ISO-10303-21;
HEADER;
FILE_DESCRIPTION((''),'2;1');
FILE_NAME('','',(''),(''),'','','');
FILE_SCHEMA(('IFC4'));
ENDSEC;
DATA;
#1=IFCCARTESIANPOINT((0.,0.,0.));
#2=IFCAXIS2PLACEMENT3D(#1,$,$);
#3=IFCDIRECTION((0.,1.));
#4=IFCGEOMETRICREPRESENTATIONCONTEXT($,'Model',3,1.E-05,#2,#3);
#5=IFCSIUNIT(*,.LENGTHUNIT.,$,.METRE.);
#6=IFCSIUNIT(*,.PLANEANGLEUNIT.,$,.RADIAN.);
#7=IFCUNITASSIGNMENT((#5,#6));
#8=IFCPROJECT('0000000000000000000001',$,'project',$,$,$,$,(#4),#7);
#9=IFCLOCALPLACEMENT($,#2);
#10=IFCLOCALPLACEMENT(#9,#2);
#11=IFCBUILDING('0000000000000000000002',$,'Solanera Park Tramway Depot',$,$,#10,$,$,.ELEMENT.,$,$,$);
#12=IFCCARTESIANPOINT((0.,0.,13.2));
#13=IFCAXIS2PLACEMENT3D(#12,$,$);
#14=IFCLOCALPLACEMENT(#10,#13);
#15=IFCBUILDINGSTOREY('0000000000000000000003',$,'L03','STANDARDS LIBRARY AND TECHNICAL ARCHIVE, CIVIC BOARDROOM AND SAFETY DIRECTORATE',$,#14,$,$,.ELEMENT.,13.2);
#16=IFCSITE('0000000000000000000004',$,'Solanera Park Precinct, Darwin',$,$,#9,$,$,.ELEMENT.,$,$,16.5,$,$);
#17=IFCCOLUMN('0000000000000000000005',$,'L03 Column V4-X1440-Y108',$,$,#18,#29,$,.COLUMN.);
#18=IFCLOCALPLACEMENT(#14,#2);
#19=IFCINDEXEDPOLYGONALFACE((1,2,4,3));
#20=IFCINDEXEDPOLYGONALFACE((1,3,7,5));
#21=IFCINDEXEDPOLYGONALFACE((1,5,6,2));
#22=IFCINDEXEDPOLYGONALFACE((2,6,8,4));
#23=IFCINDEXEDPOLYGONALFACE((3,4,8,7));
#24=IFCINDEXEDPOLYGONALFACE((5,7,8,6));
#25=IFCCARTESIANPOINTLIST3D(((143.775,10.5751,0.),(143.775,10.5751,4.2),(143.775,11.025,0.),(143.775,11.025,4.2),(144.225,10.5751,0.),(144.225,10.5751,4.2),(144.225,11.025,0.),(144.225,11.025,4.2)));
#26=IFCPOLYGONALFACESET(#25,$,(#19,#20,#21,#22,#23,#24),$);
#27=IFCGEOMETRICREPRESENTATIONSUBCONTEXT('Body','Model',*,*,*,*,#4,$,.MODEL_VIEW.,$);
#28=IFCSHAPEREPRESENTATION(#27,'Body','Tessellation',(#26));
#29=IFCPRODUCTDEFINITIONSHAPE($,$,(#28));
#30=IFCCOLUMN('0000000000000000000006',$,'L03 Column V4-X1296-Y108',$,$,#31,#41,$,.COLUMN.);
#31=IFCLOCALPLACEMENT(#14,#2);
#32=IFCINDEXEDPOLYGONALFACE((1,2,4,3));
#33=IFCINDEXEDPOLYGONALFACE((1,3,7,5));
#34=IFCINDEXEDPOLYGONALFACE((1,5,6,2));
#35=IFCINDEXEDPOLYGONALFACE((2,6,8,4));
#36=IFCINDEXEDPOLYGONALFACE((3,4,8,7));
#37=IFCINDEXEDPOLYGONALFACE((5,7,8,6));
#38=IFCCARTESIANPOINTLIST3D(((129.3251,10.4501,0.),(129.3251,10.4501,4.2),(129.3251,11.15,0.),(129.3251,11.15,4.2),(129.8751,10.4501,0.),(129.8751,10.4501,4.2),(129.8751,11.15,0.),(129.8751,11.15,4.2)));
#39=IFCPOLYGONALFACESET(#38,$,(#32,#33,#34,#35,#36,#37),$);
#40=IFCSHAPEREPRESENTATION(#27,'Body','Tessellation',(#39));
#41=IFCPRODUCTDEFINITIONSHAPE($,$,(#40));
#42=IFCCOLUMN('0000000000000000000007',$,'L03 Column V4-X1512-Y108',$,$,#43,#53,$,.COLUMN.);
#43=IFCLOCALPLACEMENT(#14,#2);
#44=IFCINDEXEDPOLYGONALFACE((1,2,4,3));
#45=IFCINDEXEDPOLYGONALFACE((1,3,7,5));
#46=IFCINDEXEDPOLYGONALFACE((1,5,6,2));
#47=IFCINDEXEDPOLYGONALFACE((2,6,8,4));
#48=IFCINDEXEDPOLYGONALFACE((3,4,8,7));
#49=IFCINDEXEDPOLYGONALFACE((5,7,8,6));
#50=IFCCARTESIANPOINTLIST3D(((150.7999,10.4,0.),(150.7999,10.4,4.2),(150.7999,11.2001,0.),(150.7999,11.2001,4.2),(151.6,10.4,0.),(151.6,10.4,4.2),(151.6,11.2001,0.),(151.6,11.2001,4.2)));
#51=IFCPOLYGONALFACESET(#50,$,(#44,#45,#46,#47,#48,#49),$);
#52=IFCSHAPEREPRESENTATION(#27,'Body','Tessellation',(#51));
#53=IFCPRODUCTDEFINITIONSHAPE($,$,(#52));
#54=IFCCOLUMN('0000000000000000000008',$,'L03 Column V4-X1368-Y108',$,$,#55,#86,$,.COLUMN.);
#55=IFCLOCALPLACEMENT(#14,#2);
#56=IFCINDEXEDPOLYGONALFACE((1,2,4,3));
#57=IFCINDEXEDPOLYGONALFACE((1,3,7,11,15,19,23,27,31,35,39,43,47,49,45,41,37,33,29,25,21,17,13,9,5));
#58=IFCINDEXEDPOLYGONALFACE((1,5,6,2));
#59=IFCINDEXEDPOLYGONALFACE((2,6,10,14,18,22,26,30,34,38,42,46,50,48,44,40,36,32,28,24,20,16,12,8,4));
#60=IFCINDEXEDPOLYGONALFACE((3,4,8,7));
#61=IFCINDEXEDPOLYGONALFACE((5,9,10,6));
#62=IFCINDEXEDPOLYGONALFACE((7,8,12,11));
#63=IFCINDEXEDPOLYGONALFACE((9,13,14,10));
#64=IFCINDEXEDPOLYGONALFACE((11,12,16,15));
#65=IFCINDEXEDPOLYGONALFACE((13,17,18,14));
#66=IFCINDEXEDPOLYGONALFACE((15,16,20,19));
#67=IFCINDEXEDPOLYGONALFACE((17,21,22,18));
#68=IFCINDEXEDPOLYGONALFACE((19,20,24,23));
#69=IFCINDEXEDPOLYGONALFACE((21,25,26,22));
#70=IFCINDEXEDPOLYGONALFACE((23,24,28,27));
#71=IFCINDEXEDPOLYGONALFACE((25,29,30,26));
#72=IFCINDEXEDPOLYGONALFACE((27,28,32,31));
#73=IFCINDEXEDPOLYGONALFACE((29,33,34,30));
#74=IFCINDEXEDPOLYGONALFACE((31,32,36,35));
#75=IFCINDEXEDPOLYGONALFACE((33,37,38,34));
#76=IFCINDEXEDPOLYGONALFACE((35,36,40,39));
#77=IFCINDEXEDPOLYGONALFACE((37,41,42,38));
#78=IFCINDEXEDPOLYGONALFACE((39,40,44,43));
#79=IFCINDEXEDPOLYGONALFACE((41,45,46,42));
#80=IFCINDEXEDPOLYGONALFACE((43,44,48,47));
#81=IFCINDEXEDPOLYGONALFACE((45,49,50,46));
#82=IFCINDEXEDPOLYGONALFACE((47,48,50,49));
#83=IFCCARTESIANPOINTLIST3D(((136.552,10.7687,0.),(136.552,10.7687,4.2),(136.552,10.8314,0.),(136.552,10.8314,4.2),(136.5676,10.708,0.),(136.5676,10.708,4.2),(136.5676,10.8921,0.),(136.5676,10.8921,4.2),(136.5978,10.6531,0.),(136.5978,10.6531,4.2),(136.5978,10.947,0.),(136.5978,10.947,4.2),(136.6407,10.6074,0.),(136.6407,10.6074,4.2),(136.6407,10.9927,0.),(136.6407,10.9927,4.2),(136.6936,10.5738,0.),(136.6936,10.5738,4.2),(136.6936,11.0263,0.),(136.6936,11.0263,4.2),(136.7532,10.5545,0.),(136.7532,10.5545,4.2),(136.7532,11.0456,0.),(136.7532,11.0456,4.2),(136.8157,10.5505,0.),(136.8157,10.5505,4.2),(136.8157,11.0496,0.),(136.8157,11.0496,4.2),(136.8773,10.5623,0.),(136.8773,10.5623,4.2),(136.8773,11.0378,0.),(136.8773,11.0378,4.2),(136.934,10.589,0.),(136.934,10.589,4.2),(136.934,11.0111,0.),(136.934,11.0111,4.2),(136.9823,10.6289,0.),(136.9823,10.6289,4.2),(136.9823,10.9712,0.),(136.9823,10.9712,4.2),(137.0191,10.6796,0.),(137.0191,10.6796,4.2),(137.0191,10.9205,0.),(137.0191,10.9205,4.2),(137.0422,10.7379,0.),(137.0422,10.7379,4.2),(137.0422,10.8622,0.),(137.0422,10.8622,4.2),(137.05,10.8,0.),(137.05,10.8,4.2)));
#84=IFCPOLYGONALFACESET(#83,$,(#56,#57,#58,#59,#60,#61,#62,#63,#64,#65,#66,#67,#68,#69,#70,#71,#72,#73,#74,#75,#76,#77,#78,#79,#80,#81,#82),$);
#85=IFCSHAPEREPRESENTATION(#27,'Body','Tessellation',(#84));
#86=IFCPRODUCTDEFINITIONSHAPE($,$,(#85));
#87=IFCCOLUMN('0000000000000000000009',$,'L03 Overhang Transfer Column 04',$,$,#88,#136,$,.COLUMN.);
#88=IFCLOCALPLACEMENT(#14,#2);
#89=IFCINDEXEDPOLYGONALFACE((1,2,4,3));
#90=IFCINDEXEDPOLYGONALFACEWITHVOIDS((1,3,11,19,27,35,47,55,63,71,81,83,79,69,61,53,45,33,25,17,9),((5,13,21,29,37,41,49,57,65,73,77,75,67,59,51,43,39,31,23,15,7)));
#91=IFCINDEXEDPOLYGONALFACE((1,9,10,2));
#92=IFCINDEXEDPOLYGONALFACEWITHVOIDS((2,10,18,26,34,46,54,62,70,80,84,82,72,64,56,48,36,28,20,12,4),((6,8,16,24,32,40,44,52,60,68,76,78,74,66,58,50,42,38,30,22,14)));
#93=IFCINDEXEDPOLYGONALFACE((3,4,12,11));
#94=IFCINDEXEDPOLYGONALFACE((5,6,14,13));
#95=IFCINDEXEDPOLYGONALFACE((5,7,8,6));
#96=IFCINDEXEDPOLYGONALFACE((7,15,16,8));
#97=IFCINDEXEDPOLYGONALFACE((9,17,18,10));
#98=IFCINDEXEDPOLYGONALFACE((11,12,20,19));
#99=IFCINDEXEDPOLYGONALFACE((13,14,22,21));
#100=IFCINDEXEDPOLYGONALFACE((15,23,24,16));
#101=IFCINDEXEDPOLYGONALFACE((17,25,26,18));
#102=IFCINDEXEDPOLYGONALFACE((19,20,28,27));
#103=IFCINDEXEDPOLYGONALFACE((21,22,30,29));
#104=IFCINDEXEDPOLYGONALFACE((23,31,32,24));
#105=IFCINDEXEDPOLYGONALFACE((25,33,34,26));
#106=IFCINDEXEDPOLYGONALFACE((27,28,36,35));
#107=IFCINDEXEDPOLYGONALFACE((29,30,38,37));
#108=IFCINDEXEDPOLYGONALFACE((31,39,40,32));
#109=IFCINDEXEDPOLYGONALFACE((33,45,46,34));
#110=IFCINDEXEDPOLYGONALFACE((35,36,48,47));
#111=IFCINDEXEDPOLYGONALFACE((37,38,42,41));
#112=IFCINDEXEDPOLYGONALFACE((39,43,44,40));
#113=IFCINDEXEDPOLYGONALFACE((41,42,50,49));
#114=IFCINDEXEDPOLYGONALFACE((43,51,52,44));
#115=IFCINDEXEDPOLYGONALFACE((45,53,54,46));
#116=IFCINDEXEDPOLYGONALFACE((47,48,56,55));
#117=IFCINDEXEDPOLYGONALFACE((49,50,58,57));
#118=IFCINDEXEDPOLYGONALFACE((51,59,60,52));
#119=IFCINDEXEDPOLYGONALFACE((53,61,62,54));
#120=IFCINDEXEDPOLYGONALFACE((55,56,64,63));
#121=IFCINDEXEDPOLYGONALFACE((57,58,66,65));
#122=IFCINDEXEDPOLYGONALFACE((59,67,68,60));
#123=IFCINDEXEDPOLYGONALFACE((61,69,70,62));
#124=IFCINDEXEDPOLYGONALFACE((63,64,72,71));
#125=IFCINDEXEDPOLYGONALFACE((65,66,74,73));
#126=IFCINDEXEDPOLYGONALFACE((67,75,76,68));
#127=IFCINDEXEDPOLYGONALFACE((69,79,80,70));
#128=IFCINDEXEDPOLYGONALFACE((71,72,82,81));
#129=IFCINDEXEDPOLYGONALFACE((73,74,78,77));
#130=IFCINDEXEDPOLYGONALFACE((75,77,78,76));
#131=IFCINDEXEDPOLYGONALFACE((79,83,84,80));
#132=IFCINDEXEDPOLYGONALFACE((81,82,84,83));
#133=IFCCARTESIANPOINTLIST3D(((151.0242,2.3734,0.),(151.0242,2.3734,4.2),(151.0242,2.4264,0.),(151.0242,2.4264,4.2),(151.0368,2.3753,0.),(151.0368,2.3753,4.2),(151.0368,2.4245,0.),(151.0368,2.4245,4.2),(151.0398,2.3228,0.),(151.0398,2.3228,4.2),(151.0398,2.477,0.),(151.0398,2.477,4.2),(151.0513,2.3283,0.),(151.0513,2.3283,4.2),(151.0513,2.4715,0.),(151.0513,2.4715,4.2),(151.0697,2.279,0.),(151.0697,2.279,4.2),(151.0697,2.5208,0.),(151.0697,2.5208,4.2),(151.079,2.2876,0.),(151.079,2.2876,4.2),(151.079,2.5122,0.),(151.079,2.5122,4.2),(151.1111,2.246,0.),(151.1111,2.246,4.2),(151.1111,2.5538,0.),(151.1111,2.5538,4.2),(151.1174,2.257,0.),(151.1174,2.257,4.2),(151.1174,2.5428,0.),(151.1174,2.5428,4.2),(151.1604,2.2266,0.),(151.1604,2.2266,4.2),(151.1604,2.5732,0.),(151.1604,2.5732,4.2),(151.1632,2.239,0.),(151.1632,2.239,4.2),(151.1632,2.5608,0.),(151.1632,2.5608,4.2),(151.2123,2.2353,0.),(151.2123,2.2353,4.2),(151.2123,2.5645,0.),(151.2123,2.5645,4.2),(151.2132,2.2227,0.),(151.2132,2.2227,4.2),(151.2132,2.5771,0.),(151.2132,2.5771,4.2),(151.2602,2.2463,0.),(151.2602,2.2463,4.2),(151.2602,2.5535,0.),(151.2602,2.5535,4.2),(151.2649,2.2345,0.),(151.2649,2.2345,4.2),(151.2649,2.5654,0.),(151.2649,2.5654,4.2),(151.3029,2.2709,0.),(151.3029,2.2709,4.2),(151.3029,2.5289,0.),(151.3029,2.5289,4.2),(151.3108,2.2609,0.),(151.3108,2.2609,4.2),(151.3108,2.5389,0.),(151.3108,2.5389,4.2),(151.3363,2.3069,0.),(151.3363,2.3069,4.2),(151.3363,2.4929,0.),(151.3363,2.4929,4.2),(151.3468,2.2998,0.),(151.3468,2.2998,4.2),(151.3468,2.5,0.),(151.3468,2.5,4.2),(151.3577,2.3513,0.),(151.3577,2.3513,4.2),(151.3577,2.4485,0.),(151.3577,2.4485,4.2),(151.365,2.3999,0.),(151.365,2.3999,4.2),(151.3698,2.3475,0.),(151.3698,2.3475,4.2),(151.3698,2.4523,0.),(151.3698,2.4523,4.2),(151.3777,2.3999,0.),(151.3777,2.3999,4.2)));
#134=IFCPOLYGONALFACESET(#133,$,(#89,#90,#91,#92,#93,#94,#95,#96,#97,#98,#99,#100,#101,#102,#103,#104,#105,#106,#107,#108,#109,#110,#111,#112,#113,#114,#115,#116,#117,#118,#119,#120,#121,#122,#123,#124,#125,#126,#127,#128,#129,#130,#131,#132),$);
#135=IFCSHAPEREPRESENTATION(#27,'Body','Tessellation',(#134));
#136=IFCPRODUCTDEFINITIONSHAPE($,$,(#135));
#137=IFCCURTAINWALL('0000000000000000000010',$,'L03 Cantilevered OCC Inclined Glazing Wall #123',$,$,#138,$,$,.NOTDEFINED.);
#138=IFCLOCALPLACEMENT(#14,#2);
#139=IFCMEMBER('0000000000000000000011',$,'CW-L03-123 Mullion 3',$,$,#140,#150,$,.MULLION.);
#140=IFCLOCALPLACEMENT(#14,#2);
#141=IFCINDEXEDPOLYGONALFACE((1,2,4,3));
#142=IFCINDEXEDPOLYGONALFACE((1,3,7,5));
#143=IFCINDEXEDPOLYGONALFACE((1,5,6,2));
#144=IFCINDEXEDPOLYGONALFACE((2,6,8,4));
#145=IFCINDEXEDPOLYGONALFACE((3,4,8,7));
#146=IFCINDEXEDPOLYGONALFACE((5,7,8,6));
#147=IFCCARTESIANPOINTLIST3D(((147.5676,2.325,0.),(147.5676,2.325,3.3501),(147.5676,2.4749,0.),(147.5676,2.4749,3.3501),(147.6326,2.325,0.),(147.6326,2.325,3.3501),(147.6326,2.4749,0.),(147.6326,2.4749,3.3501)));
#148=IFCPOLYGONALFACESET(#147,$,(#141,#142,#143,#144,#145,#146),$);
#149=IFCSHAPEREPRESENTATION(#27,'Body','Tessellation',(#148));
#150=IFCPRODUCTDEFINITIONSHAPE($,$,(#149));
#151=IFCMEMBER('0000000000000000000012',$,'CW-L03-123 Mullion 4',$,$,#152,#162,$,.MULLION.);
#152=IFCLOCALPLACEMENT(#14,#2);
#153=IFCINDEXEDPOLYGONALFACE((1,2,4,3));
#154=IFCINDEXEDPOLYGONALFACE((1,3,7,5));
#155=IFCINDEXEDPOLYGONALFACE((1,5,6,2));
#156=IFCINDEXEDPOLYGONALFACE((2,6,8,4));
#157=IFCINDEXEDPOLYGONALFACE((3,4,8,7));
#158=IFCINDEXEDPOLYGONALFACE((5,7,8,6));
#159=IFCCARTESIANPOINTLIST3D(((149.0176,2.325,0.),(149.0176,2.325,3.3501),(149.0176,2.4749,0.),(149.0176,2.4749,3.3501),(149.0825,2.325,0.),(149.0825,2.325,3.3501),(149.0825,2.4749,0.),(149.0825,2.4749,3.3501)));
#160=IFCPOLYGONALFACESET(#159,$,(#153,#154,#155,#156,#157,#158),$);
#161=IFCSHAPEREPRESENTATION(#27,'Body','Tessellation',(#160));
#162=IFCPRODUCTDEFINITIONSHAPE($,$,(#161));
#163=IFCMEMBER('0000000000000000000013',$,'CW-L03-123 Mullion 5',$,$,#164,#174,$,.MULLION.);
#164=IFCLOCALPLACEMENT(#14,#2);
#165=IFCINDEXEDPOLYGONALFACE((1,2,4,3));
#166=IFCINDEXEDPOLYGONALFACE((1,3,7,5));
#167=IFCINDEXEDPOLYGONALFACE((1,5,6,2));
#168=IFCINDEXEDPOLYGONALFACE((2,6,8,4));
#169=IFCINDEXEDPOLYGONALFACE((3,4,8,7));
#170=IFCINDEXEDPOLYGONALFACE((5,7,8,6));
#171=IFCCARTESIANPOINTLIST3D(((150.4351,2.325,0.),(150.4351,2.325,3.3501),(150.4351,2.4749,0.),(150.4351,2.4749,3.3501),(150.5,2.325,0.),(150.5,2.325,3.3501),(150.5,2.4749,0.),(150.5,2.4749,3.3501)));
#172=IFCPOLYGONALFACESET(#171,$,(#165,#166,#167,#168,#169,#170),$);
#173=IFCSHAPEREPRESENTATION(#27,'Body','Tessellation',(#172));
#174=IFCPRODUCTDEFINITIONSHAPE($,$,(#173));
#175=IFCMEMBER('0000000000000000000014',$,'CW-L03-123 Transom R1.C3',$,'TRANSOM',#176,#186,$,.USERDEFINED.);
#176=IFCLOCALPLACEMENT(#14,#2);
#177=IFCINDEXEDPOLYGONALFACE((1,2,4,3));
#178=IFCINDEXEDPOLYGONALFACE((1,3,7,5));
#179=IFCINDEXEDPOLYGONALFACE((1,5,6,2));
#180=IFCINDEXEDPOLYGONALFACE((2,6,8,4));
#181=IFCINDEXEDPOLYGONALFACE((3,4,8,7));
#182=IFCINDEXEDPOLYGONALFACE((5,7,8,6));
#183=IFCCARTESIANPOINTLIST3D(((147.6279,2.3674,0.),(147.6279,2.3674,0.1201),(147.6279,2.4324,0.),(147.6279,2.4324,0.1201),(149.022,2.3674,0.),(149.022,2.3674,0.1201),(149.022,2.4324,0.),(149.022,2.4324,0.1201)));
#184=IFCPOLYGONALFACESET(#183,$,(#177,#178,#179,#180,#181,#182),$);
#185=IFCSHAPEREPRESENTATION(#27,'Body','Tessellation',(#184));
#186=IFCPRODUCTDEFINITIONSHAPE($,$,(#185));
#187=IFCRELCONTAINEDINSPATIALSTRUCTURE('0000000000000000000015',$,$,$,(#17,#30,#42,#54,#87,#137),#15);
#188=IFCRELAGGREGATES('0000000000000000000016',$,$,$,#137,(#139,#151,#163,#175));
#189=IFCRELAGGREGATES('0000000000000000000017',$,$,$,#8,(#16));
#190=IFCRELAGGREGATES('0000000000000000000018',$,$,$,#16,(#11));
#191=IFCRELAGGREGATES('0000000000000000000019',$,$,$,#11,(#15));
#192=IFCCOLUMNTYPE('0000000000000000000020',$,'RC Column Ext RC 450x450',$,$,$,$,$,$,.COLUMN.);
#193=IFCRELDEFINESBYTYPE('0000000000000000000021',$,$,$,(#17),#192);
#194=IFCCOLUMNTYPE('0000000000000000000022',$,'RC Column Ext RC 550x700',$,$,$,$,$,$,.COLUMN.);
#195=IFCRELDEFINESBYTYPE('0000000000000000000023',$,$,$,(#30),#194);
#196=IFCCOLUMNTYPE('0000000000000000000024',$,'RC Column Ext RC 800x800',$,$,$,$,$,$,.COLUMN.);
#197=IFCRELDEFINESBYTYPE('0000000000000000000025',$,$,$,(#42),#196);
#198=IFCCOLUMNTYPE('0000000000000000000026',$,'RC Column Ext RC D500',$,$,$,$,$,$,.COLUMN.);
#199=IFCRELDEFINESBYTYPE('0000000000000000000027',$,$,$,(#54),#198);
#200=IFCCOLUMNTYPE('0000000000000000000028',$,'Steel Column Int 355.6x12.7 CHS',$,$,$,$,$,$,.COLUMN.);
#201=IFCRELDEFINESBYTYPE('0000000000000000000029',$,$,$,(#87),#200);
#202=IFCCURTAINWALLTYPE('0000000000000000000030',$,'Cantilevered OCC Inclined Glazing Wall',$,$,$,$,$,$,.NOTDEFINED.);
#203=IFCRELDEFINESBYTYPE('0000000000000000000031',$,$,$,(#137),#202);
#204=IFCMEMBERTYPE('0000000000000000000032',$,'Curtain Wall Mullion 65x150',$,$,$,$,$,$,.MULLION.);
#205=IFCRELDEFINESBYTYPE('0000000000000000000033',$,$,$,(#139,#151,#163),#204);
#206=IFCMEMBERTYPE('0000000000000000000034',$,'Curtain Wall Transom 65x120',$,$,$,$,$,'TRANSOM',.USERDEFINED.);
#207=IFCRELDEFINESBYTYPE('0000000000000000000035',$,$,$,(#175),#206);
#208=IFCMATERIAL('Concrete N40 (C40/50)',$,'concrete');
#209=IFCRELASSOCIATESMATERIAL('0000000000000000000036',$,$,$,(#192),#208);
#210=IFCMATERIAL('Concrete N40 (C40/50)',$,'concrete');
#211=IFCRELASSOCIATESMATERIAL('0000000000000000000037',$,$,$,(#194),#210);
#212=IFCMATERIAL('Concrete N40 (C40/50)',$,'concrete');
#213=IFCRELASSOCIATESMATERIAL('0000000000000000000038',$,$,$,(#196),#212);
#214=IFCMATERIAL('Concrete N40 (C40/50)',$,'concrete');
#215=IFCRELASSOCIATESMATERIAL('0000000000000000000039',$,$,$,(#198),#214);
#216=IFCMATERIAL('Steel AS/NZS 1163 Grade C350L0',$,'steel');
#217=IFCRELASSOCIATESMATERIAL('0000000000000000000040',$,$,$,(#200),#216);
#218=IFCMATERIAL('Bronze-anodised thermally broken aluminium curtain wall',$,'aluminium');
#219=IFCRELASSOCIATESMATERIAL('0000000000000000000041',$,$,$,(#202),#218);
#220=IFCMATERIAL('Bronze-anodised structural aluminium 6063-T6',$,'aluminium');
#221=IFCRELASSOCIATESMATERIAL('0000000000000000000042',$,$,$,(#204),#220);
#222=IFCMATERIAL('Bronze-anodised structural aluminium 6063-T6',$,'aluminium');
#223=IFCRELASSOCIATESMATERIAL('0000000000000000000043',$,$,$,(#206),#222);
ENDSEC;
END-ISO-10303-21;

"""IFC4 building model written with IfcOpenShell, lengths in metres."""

from ifc_helpers import new_model, si_unit, direction, frame, origin, origin_2d, place, context, subcontext, project, spatial, rectangle, circle, hollow_circle, extrude, material, material_profile, profile_set, type_object, element, aggregate, save


model = new_model("IFC4")

# Units and contexts
model_context = context("Model", 3, precision=1e-05, world=origin(), true_north=direction((0.0, 1.0)))
body_context = subcontext(model_context, "Body", "Model", "MODEL_VIEW")
ifc_project = project(units=[si_unit("LENGTHUNIT", "METRE"), si_unit("PLANEANGLEUNIT", "RADIAN")], contexts=[model_context])

# Site, building, storey
site_placement = place(None, origin())
site = spatial("IfcSite", under=ifc_project, at=site_placement, Name="Solanera Park Precinct, Darwin", CompositionType="ELEMENT", RefElevation=16.5)
building_placement = place(site_placement, origin())
building = spatial("IfcBuilding", under=site, at=building_placement, Name="Solanera Park Tramway Depot", CompositionType="ELEMENT")
storey_placement = place(building_placement, frame((0.0, 0.0, 13.2)))
storey = spatial("IfcBuildingStorey", under=building, at=storey_placement, Name="L03", Description="STANDARDS LIBRARY AND TECHNICAL ARCHIVE, CIVIC BOARDROOM AND SAFETY DIRECTORATE", CompositionType="ELEMENT", Elevation=13.2)

# Columns
ifc_material_1 = material(Name="Concrete N40 (C40/50)", Category="concrete")
ifc_material_profile_1 = material_profile(ifc_material_1, rectangle(XDim=0.45, YDim=0.45, at=origin_2d()), Name="RC 450x450")
ifc_profile_set_1 = profile_set([ifc_material_profile_1], Name="Concrete N40 (C40/50)")
column_type_1 = type_object("IfcColumnType", Name="RC Column Ext RC 450x450", PredefinedType="COLUMN", material=ifc_profile_set_1)
column_1_placement = place(storey_placement, frame((144.0, 10.8, 0.0), z_axis=(0.0, 0.0, 1.0), x_axis=(1.0, 0.0, 0.0)))
element("IfcColumn", 1, at=column_1_placement, inside=storey, type_object=column_type_1, Name="L03 Column V4-X1440-Y108", PredefinedType="COLUMN", context=body_context, shape_type="SweptSolid", body=[
    extrude(rectangle(XDim=0.45, YDim=0.45, at=origin_2d()), origin(), (0.0, 0.0, 1.0), 4.2),
])
ifc_material_2 = material(Name="Concrete N40 (C40/50)", Category="concrete")
ifc_material_profile_2 = material_profile(ifc_material_2, rectangle(XDim=0.55, YDim=0.7, at=origin_2d()), Name="RC 550x700")
ifc_profile_set_2 = profile_set([ifc_material_profile_2], Name="Concrete N40 (C40/50)")
column_type_2 = type_object("IfcColumnType", Name="RC Column Ext RC 550x700", PredefinedType="COLUMN", material=ifc_profile_set_2)
column_2_placement = place(storey_placement, frame((129.6001, 10.8, 0.0), z_axis=(0.0, 0.0, 1.0), x_axis=(1.0, 0.0, 0.0)))
element("IfcColumn", 2, at=column_2_placement, inside=storey, type_object=column_type_2, Name="L03 Column V4-X1296-Y108", PredefinedType="COLUMN", context=body_context, shape_type="SweptSolid", body=[
    extrude(rectangle(XDim=0.55, YDim=0.7, at=origin_2d()), origin(), (0.0, 0.0, 1.0), 4.2),
])
ifc_material_3 = material(Name="Concrete N40 (C40/50)", Category="concrete")
ifc_material_profile_3 = material_profile(ifc_material_3, rectangle(XDim=0.8, YDim=0.8, at=origin_2d()), Name="RC 800x800")
ifc_profile_set_3 = profile_set([ifc_material_profile_3], Name="Concrete N40 (C40/50)")
column_type_3 = type_object("IfcColumnType", Name="RC Column Ext RC 800x800", PredefinedType="COLUMN", material=ifc_profile_set_3)
column_3_placement = place(storey_placement, frame((151.2, 10.8, 0.0), z_axis=(0.0, 0.0, 1.0), x_axis=(1.0, 0.0, 0.0)))
element("IfcColumn", 3, at=column_3_placement, inside=storey, type_object=column_type_3, Name="L03 Column V4-X1512-Y108", PredefinedType="COLUMN", context=body_context, shape_type="SweptSolid", body=[
    extrude(rectangle(XDim=0.8, YDim=0.8, at=origin_2d()), origin(), (0.0, 0.0, 1.0), 4.2),
])
ifc_material_4 = material(Name="Concrete N40 (C40/50)", Category="concrete")
ifc_material_profile_4 = material_profile(ifc_material_4, circle(Radius=0.25, at=origin_2d()), Name="RC D500")
ifc_profile_set_4 = profile_set([ifc_material_profile_4], Name="Concrete N40 (C40/50)")
column_type_4 = type_object("IfcColumnType", Name="RC Column Ext RC D500", PredefinedType="COLUMN", material=ifc_profile_set_4)
column_4_placement = place(storey_placement, frame((136.8, 10.8, 0.0), z_axis=(0.0, 0.0, 1.0), x_axis=(1.0, 0.0, 0.0)))
element("IfcColumn", 4, at=column_4_placement, inside=storey, type_object=column_type_4, Name="L03 Column V4-X1368-Y108", PredefinedType="COLUMN", context=body_context, shape_type="SweptSolid", body=[
    extrude(circle(Radius=0.25, at=origin_2d()), origin(), (0.0, 0.0, 1.0), 4.2),
])
ifc_material_5 = material(Name="Steel AS/NZS 1163 Grade C350L0", Category="steel")
ifc_material_profile_5 = material_profile(ifc_material_5, hollow_circle(Radius=0.1777, WallThickness=0.0127, at=origin_2d()), Name="355.6x12.7 CHS")
ifc_profile_set_5 = profile_set([ifc_material_profile_5], Name="Steel AS/NZS 1163 Grade C350L0")
column_type_5 = type_object("IfcColumnType", Name="Steel Column Int 355.6x12.7 CHS", PredefinedType="COLUMN", material=ifc_profile_set_5)
column_5_placement = place(storey_placement, frame((151.2, 2.3999, 0.0), z_axis=(0.0, 0.0, 1.0), x_axis=(1.0, 0.0, 0.0)))
element("IfcColumn", 5, at=column_5_placement, inside=storey, type_object=column_type_5, Name="L03 Overhang Transfer Column 04", PredefinedType="COLUMN", context=body_context, shape_type="SweptSolid", body=[
    extrude(hollow_circle(Radius=0.1777, WallThickness=0.0127, at=origin_2d()), origin(), (0.0, 0.0, 1.0), 4.2),
])

# Curtain wall, members
ifc_material_6 = material(Name="Bronze-anodised thermally broken aluminium curtain wall", Category="aluminium")
curtain_wall_type = type_object("IfcCurtainWallType", Name="Cantilevered OCC Inclined Glazing Wall", PredefinedType="NOTDEFINED", material=ifc_material_6)
curtain_wall_placement = place(storey_placement, origin())
curtain_wall = element("IfcCurtainWall", 6, at=curtain_wall_placement, inside=storey, type_object=curtain_wall_type, Name="L03 Cantilevered OCC Inclined Glazing Wall #123", PredefinedType="NOTDEFINED")
ifc_material_7 = material(Name="Bronze-anodised structural aluminium 6063-T6", Category="aluminium")
ifc_material_profile_6 = material_profile(ifc_material_7, rectangle(XDim=0.0649, YDim=0.1499, at=origin_2d()), Name="Curtain Wall Mullion 65x150")
ifc_profile_set_6 = profile_set([ifc_material_profile_6], Name="Bronze-anodised structural aluminium 6063-T6")
member_type_1 = type_object("IfcMemberType", Name="Curtain Wall Mullion 65x150", PredefinedType="MULLION", material=ifc_profile_set_6)
member_1_placement = place(storey_placement, frame((147.6001, 2.3999, 0.0), z_axis=(0.0, 0.0, 1.0), x_axis=(1.0, 0.0, 0.0)))
member_1 = element("IfcMember", 7, at=member_1_placement, type_object=member_type_1, Name="CW-L03-123 Mullion 3", PredefinedType="MULLION", context=body_context, shape_type="SweptSolid", body=[
    extrude(rectangle(XDim=0.0649, YDim=0.1499, at=origin_2d()), origin(), (0.0, 0.0, 1.0), 3.3501),
])
member_2_placement = place(storey_placement, frame((149.05, 2.3999, 0.0), z_axis=(0.0, 0.0, 1.0), x_axis=(1.0, 0.0, 0.0)))
member_2 = element("IfcMember", 8, at=member_2_placement, type_object=member_type_1, Name="CW-L03-123 Mullion 4", PredefinedType="MULLION", context=body_context, shape_type="SweptSolid", body=[
    extrude(rectangle(XDim=0.0649, YDim=0.1499, at=origin_2d()), origin(), (0.0, 0.0, 1.0), 3.3501),
])
member_3_placement = place(storey_placement, frame((150.4675, 2.3999, 0.0), z_axis=(0.0, 0.0, 1.0), x_axis=(1.0, 0.0, 0.0)))
member_3 = element("IfcMember", 9, at=member_3_placement, type_object=member_type_1, Name="CW-L03-123 Mullion 5", PredefinedType="MULLION", context=body_context, shape_type="SweptSolid", body=[
    extrude(rectangle(XDim=0.0649, YDim=0.1499, at=origin_2d()), origin(), (0.0, 0.0, 1.0), 3.3501),
])
ifc_material_8 = material(Name="Bronze-anodised structural aluminium 6063-T6", Category="aluminium")
ifc_material_profile_7 = material_profile(ifc_material_8, rectangle(XDim=0.0649, YDim=0.1201, at=origin_2d()), Name="Curtain Wall Transom 65x120")
ifc_profile_set_7 = profile_set([ifc_material_profile_7], Name="Bronze-anodised structural aluminium 6063-T6")
member_type_2 = type_object("IfcMemberType", Name="Curtain Wall Transom 65x120", ElementType="TRANSOM", PredefinedType="USERDEFINED", material=ifc_profile_set_7)
member_4_placement = place(storey_placement, frame((147.6279, 2.3999, 0.0601), z_axis=(1.0, 0.0, 0.0), x_axis=(0.0, 1.0, 0.0)))
member_4 = element("IfcMember", 10, at=member_4_placement, type_object=member_type_2, Name="CW-L03-123 Transom R1.C3", ObjectType="TRANSOM", PredefinedType="USERDEFINED", context=body_context, shape_type="SweptSolid", body=[
    extrude(rectangle(XDim=0.0649, YDim=0.1201, at=origin_2d()), origin(), (0.0, 0.0, 1.0), 1.394),
])

aggregate(curtain_wall, [member_1, member_2, member_3, member_4])

save(model, "model.ifc")
